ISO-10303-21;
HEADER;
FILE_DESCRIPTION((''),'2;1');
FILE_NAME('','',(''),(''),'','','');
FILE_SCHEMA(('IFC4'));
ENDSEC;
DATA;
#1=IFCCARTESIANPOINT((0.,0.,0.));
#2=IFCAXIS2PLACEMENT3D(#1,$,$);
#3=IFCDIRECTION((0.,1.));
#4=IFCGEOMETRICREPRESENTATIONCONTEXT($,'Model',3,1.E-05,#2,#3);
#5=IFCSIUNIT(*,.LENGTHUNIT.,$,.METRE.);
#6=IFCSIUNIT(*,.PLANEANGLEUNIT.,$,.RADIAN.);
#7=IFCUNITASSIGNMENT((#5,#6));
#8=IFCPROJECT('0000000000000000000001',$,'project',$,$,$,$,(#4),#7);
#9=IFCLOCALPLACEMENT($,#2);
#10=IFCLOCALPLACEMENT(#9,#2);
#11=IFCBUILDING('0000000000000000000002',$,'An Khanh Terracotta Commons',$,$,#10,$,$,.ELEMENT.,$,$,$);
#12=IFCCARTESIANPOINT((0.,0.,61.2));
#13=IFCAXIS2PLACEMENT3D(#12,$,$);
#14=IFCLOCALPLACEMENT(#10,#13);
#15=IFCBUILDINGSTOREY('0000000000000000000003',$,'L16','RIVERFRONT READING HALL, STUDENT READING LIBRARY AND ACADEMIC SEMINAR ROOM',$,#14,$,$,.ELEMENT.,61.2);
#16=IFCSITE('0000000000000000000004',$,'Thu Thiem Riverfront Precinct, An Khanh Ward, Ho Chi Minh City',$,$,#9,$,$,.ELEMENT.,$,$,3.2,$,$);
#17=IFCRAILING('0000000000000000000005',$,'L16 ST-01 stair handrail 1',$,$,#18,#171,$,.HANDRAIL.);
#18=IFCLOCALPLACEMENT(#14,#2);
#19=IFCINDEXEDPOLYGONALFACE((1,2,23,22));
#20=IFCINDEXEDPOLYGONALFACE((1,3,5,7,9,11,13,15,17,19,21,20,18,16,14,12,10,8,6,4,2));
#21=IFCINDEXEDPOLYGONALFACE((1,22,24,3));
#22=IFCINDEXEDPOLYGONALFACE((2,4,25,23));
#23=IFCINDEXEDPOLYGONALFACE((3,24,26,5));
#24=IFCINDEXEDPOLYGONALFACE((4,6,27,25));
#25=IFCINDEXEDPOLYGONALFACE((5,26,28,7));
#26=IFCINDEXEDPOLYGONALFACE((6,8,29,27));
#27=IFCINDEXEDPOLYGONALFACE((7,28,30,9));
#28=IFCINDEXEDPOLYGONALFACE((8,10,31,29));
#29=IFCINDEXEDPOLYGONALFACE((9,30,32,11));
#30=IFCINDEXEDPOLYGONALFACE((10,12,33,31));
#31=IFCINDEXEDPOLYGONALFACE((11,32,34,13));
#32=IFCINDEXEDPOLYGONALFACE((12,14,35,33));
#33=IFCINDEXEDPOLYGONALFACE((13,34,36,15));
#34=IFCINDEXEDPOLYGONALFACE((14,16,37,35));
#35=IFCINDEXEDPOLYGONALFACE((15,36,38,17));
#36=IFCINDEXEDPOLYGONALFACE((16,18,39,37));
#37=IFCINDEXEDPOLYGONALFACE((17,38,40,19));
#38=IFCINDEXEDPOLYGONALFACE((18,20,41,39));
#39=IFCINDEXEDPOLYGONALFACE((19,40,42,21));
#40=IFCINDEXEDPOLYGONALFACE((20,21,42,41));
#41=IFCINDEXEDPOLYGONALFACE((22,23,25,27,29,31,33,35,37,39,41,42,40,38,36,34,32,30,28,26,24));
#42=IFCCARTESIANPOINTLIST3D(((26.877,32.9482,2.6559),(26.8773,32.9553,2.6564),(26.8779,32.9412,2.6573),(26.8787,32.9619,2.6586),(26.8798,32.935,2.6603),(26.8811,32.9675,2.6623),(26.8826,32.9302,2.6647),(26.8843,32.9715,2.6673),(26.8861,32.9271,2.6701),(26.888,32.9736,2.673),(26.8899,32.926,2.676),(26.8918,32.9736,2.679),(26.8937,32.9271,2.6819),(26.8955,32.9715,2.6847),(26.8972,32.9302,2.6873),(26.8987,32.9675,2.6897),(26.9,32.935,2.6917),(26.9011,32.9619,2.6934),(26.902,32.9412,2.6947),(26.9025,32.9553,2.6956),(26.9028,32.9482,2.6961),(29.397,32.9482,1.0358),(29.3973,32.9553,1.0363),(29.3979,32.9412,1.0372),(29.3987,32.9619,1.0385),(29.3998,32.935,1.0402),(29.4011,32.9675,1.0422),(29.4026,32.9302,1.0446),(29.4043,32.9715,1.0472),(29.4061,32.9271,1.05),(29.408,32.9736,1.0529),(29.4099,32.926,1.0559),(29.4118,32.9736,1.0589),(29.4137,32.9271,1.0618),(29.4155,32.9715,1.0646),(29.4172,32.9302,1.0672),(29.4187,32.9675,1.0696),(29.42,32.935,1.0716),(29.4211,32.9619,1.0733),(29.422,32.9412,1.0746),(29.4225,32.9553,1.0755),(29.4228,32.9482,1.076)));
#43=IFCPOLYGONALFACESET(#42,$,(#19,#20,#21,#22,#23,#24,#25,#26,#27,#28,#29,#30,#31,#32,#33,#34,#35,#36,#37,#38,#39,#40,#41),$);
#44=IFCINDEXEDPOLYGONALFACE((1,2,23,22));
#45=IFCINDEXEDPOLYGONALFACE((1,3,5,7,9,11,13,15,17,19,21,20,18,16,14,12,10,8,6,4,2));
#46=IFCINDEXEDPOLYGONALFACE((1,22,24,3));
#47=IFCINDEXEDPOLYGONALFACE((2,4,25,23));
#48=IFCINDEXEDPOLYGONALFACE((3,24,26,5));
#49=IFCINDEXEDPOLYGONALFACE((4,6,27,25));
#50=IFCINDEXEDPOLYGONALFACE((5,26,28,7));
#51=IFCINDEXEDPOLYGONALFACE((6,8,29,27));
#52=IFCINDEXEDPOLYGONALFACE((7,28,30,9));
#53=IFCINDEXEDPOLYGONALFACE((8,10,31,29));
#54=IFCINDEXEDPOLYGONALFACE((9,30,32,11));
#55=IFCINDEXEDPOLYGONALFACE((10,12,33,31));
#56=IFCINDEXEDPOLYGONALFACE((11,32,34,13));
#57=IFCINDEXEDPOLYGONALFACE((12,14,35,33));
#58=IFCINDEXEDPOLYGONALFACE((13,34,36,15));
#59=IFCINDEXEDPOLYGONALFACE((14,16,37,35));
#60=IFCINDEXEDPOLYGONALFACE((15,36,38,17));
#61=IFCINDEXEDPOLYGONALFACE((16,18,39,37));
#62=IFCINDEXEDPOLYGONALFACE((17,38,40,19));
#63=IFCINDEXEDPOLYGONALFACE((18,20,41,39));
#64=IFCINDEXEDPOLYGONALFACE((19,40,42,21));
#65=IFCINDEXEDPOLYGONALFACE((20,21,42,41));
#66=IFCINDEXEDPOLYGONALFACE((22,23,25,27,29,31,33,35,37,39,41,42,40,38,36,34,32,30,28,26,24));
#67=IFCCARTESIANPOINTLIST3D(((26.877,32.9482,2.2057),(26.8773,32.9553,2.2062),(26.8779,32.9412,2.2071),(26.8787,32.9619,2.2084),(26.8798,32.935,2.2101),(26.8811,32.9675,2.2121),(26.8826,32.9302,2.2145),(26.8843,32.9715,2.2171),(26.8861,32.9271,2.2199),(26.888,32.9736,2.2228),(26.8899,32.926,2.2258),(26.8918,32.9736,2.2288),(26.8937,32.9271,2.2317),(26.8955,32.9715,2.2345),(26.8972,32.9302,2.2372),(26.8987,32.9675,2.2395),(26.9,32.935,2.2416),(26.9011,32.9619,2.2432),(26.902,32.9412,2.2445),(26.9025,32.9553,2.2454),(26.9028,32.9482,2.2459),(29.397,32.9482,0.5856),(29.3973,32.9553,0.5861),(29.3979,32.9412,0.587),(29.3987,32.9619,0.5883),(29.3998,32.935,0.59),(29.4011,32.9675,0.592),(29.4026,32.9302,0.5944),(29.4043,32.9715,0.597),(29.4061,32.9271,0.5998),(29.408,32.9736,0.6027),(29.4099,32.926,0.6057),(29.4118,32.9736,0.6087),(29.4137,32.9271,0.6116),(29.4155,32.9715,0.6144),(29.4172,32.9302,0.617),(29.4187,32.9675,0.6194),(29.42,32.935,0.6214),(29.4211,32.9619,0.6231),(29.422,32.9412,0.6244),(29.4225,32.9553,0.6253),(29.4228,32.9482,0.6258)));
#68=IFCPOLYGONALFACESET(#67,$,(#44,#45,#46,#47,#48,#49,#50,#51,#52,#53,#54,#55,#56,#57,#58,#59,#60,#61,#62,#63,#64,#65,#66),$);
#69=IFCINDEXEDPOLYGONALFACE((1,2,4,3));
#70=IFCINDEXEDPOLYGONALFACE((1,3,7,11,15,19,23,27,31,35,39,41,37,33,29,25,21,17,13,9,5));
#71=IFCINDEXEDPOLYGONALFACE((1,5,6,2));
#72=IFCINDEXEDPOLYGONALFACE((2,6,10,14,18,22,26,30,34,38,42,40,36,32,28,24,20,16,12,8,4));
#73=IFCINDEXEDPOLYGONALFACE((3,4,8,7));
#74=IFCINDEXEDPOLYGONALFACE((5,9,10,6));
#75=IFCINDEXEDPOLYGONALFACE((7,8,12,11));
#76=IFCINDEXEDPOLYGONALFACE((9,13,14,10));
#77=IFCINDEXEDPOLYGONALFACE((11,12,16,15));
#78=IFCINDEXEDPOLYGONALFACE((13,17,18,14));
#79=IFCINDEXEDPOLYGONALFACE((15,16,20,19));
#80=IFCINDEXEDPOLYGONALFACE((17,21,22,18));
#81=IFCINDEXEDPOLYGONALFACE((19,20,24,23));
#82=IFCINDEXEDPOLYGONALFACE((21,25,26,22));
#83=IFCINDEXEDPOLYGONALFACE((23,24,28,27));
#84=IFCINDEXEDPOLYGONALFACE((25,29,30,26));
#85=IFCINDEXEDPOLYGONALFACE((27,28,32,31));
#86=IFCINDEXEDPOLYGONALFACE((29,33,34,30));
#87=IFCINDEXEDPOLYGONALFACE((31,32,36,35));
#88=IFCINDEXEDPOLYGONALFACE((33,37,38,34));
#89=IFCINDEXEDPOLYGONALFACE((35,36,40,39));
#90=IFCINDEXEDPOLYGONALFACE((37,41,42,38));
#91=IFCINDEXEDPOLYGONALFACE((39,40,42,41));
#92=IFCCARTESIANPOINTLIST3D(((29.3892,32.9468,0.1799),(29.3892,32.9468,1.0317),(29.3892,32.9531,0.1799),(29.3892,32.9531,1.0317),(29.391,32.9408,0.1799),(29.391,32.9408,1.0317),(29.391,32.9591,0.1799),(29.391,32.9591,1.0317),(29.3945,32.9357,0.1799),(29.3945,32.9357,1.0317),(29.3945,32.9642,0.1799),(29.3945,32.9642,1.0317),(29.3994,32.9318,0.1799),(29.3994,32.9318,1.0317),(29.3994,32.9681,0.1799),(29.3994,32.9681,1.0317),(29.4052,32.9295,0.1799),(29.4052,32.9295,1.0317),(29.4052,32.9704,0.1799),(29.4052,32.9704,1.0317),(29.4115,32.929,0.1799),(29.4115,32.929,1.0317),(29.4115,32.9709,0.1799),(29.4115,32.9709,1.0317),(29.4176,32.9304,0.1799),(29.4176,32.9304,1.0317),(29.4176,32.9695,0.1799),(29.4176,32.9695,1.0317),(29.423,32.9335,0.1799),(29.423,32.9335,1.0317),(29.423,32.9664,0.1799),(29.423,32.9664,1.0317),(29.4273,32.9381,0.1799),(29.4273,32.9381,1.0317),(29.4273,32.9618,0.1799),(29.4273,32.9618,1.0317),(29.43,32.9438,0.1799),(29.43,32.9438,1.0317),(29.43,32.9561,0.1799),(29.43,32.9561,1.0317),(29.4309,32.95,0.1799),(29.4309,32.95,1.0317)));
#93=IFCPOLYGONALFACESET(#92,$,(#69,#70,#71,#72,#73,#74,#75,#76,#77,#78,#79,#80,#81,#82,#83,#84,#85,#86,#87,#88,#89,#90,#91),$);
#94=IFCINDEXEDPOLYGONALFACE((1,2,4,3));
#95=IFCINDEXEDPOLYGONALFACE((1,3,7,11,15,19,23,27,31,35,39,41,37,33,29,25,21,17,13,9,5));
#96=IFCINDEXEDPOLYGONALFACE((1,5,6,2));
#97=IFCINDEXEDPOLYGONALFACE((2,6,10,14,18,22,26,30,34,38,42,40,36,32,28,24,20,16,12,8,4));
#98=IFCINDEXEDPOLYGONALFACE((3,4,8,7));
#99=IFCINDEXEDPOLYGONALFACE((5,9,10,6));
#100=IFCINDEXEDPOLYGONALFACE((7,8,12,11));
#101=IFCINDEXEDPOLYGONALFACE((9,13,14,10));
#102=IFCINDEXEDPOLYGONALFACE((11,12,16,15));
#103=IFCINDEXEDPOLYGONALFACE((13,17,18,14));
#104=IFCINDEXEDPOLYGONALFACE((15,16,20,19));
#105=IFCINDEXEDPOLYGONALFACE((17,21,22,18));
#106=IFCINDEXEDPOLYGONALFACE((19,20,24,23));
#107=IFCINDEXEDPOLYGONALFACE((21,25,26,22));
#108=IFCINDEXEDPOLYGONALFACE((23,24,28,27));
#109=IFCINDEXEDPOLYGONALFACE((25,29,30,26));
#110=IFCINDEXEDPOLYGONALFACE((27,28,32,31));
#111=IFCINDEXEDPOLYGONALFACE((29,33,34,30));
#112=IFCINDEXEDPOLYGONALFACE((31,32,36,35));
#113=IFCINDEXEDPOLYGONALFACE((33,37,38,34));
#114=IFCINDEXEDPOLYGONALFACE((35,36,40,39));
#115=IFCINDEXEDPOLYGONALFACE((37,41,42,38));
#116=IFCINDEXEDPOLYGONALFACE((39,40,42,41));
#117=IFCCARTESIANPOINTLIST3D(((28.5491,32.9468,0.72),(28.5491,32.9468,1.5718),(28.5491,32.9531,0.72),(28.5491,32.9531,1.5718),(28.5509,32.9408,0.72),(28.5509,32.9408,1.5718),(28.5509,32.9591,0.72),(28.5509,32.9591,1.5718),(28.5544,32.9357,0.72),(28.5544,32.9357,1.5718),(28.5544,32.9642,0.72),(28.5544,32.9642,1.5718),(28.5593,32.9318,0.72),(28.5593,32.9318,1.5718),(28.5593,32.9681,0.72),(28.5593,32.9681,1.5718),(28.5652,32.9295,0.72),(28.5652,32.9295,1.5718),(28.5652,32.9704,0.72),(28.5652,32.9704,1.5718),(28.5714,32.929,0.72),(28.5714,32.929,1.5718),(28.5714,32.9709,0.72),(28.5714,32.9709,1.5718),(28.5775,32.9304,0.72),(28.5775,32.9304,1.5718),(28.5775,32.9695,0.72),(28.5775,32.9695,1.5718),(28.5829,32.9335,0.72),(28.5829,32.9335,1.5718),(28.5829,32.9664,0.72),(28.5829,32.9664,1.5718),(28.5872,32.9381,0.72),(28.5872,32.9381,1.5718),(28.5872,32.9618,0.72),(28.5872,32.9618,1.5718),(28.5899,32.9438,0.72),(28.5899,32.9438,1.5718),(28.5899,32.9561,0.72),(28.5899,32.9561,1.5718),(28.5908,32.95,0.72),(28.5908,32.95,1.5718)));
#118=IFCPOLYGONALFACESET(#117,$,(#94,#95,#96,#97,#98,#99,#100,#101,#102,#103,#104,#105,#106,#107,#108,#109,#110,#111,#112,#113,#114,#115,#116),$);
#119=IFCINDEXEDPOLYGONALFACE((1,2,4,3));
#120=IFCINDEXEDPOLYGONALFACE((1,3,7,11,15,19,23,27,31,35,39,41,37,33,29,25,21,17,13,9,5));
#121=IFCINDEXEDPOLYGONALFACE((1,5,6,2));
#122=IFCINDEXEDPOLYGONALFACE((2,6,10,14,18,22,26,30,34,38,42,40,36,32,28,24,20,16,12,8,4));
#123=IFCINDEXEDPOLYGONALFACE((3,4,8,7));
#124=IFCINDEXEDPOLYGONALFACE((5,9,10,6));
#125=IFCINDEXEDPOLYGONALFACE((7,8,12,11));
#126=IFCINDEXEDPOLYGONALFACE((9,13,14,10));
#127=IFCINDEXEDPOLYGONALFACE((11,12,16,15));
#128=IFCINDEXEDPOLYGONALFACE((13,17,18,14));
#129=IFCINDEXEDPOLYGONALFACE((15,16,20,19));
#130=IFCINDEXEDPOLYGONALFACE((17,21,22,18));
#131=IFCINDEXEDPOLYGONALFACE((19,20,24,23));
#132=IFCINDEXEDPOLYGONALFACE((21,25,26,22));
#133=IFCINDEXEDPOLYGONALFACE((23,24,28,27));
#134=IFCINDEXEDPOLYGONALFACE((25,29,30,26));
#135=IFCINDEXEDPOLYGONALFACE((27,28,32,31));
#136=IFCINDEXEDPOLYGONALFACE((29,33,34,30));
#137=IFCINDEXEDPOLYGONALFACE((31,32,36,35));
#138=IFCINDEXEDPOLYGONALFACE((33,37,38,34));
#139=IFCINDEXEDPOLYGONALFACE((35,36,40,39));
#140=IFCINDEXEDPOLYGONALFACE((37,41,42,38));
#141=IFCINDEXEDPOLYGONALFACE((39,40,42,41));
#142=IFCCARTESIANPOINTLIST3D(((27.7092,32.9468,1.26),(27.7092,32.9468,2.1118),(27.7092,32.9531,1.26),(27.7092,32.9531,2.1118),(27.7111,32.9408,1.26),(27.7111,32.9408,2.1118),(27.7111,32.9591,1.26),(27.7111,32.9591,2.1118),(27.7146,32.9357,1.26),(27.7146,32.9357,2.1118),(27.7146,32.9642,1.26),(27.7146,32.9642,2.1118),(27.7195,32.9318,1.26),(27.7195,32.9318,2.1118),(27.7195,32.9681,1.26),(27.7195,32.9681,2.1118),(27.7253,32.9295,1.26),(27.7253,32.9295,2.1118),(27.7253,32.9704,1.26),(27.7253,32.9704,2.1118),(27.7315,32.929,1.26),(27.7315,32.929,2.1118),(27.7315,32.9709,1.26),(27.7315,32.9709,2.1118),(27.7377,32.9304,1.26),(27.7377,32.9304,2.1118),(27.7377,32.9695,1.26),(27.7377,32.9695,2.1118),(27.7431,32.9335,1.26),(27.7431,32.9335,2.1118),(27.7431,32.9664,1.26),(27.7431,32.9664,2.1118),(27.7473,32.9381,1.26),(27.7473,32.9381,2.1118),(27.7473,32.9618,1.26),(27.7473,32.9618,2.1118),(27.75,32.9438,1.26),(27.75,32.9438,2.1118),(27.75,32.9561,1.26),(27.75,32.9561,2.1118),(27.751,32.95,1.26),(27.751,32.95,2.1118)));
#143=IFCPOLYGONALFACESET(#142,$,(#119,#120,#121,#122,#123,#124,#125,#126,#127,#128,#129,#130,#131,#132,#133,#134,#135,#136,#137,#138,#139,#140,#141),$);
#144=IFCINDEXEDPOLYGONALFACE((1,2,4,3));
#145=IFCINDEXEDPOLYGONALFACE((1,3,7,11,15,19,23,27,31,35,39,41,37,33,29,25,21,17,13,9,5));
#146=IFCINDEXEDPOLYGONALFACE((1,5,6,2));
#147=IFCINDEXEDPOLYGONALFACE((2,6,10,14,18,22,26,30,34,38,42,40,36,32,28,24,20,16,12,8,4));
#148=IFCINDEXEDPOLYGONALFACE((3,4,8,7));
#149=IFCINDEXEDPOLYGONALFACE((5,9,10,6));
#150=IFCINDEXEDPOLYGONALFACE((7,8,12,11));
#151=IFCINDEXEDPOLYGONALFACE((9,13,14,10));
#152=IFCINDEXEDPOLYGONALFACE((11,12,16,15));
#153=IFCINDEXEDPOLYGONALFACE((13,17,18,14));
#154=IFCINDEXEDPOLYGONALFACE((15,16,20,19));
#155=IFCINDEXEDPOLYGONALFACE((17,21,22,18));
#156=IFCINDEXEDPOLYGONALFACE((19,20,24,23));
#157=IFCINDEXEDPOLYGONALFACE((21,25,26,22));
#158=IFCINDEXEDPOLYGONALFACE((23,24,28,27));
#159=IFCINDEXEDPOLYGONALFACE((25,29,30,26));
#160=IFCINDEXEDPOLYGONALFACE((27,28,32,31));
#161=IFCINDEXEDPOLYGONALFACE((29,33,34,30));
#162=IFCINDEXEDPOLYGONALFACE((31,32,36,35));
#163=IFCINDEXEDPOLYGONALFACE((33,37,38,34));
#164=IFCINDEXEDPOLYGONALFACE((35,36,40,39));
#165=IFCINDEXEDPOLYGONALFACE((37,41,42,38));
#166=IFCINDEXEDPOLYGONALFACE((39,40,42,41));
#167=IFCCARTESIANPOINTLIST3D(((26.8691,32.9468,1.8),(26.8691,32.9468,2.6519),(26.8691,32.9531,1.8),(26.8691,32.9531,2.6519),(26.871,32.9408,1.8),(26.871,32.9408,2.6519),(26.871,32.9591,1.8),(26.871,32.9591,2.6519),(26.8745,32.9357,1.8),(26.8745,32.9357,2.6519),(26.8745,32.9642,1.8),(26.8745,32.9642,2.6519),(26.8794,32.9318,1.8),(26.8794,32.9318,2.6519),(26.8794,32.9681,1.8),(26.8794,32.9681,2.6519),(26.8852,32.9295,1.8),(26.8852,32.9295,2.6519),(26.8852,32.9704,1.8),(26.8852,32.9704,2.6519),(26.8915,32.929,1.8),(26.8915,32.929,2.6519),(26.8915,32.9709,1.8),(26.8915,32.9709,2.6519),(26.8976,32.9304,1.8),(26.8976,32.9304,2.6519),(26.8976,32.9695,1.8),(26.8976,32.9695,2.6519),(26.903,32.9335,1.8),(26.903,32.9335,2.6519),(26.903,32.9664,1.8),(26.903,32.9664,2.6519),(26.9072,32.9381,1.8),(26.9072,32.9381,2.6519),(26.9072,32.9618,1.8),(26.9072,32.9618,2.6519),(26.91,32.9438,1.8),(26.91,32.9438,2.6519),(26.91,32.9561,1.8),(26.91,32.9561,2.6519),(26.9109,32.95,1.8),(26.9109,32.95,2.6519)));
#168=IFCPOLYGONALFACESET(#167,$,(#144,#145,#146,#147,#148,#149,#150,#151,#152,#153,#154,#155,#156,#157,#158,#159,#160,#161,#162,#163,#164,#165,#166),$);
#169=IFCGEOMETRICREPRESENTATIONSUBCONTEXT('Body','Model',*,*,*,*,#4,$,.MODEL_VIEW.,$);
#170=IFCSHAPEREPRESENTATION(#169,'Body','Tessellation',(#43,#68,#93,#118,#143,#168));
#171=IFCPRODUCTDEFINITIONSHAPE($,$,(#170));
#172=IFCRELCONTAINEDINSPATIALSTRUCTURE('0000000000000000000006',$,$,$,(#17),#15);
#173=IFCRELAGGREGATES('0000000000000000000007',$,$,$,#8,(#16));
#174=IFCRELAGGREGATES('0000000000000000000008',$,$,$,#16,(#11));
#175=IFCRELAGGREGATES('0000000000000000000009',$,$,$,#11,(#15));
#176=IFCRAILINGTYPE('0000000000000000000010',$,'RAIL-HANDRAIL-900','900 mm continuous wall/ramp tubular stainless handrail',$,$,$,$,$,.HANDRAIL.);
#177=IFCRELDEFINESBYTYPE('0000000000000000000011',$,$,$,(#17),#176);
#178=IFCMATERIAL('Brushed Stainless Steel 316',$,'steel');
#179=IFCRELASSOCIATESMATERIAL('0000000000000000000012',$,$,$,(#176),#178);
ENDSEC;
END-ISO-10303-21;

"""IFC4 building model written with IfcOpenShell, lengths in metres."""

from ifc_helpers import new_model, si_unit, direction, frame, origin, origin_2d, place, context, subcontext, project, spatial, circle, extrude, material, type_object, element, save


model = new_model("IFC4")

# Units and contexts
model_context = context("Model", 3, precision=1e-05, world=origin(), true_north=direction((0.0, 1.0)))
body_context = subcontext(model_context, "Body", "Model", "MODEL_VIEW")
ifc_project = project(units=[si_unit("LENGTHUNIT", "METRE"), si_unit("PLANEANGLEUNIT", "RADIAN")], contexts=[model_context])

# Site, building, storey
site_placement = place(None, origin())
site = spatial("IfcSite", under=ifc_project, at=site_placement, Name="Thu Thiem Riverfront Precinct, An Khanh Ward, Ho Chi Minh City", CompositionType="ELEMENT", RefElevation=3.2)
building_placement = place(site_placement, origin())
building = spatial("IfcBuilding", under=site, at=building_placement, Name="An Khanh Terracotta Commons", CompositionType="ELEMENT")
storey_placement = place(building_placement, frame((0.0, 0.0, 61.2)))
storey = spatial("IfcBuildingStorey", under=building, at=storey_placement, Name="L16", Description="RIVERFRONT READING HALL, STUDENT READING LIBRARY AND ACADEMIC SEMINAR ROOM", CompositionType="ELEMENT", Elevation=61.2)

# Railing
ifc_material_1 = material(Name="Brushed Stainless Steel 316", Category="steel")
railing_type_1 = type_object("IfcRailingType", Name="RAIL-HANDRAIL-900", Description="900 mm continuous wall/ramp tubular stainless handrail", PredefinedType="HANDRAIL", material=ifc_material_1)
railing_1_placement = place(storey_placement, frame((29.4099, 32.95, 0.1799)))
element("IfcRailing", 1, at=railing_1_placement, inside=storey, type_object=railing_type_1, Name="L16 ST-01 stair handrail 1", PredefinedType="HANDRAIL", context=body_context, shape_type="SweptSolid", body=[
    extrude(circle(Radius=0.0239, at=origin_2d()), frame((0.0, 0.0, 0.876), z_axis=(-0.841163, 0.0, 0.540782), x_axis=(0.0, -1.0, 0.0)), (0.0, 0.0, 1.0), 2.9958),
    extrude(circle(Radius=0.0239, at=origin_2d()), frame((0.0, 0.0, 0.4258), z_axis=(-0.841163, 0.0, 0.540782), x_axis=(0.0, -1.0, 0.0)), (0.0, 0.0, 1.0), 2.9958),
    extrude(circle(Radius=0.021, at=origin_2d()), origin(), (0.0, 0.0, 1.0), 0.8518),
    extrude(circle(Radius=0.021, at=origin_2d()), frame((-0.8401, 0.0, 0.54)), (0.0, 0.0, 1.0), 0.8518),
    extrude(circle(Radius=0.021, at=origin_2d()), frame((-1.6799, 0.0, 1.0801)), (0.0, 0.0, 1.0), 0.8518),
    extrude(circle(Radius=0.021, at=origin_2d()), frame((-2.52, 0.0, 1.6201)), (0.0, 0.0, 1.0), 0.8518),
])

save(model, "model.ifc")
